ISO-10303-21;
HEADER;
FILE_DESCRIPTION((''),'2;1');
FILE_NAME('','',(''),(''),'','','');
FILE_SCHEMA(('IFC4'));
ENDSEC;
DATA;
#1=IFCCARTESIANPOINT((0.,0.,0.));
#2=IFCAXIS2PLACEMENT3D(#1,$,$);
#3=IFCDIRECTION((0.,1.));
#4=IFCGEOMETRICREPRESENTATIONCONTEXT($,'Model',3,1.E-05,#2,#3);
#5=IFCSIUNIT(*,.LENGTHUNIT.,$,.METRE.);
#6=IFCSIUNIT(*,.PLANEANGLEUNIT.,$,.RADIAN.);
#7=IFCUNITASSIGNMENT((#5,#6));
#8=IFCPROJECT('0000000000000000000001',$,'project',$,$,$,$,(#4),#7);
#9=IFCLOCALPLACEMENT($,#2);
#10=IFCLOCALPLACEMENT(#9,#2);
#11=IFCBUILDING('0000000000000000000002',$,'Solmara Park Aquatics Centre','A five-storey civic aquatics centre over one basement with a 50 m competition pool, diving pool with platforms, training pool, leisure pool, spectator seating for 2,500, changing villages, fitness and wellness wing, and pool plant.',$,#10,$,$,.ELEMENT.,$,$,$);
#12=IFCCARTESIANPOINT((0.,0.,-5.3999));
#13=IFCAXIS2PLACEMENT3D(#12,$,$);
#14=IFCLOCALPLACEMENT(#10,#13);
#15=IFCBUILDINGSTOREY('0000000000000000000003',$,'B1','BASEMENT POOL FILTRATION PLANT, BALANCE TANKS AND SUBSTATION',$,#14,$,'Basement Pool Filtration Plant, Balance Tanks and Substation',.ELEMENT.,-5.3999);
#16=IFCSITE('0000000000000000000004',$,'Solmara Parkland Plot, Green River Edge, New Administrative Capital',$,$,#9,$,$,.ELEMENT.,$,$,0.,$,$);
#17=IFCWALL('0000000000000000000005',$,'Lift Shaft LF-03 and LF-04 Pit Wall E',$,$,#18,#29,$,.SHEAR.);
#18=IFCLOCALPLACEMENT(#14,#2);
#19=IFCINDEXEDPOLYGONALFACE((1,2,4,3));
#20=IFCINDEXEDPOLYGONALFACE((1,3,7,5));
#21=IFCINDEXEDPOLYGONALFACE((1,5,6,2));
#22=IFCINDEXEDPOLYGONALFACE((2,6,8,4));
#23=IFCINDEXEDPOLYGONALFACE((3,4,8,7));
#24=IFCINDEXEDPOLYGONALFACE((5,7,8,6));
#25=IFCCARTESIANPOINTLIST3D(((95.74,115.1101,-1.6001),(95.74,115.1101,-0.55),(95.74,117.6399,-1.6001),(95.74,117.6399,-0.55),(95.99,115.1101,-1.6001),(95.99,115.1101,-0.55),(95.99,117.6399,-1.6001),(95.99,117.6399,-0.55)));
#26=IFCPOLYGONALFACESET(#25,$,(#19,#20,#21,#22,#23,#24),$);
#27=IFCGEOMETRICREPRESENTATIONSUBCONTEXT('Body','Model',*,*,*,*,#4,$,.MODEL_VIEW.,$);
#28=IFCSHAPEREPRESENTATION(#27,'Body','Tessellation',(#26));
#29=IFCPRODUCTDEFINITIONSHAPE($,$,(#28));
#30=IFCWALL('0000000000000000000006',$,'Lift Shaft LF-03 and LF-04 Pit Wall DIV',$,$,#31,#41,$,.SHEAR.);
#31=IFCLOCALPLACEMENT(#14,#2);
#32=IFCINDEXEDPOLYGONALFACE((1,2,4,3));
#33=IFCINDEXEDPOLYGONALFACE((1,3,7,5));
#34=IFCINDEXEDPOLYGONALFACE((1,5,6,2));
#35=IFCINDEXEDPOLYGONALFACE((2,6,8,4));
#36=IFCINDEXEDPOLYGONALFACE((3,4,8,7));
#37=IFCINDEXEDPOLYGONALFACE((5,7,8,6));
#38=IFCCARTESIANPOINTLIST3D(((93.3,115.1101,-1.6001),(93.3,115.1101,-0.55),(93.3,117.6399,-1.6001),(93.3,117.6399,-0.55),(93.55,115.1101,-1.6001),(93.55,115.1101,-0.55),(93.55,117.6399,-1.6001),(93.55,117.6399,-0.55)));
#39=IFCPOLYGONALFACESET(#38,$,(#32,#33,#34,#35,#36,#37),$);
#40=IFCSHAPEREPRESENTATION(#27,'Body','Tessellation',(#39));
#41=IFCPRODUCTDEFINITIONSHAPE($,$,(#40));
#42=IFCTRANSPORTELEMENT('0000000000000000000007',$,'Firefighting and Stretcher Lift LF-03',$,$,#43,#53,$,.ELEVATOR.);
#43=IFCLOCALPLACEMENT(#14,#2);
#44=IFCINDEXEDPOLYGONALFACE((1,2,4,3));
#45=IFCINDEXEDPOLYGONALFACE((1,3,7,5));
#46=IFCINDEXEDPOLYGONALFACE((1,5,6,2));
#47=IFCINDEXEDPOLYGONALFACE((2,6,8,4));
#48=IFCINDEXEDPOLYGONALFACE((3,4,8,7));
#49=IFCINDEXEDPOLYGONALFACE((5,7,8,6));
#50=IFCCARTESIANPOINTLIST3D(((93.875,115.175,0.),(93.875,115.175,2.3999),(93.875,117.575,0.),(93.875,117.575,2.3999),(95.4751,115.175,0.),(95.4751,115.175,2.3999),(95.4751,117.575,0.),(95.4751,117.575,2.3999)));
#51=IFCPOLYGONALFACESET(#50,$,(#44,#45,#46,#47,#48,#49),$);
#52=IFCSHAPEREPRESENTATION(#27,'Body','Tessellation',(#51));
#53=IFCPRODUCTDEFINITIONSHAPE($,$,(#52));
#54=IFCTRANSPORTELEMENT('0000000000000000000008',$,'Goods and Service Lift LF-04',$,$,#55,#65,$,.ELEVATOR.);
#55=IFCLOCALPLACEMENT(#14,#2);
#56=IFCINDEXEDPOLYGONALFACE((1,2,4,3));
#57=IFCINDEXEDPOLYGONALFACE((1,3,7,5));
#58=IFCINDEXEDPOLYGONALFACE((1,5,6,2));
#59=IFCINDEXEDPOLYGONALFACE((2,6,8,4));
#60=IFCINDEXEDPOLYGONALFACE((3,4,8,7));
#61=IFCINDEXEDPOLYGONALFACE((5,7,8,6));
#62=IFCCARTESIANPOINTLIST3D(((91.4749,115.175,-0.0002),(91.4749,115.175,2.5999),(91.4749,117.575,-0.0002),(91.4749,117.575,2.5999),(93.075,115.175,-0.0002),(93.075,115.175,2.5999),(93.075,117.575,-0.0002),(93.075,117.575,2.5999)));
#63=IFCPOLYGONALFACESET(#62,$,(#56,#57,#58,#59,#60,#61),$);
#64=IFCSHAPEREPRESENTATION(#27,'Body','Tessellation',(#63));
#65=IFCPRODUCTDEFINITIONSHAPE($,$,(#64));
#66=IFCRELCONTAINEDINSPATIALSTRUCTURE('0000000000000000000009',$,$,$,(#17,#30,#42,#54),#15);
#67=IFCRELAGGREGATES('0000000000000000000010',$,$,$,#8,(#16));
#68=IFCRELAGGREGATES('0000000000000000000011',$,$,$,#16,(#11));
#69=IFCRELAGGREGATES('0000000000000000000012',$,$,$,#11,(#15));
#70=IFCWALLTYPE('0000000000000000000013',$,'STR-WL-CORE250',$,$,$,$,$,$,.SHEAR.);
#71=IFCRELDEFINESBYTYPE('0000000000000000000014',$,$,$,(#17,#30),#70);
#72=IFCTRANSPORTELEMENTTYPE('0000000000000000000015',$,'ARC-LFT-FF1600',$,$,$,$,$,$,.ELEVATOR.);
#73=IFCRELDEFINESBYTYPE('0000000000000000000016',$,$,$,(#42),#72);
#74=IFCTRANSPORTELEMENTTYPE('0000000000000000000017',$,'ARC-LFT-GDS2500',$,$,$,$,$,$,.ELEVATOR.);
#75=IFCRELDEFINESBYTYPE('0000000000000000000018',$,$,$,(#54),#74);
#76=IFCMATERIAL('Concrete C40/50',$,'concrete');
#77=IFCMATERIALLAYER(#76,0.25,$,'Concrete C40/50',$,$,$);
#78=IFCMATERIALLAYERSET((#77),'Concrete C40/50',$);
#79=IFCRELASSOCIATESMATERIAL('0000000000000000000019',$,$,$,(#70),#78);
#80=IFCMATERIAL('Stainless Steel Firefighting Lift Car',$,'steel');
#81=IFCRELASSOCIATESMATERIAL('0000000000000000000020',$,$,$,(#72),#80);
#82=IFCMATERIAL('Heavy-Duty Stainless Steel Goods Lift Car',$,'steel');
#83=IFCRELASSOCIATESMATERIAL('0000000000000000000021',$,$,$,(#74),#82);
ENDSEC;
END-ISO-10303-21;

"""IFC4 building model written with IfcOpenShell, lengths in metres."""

from ifc_helpers import new_model, si_unit, direction, frame, frame_2d, origin, origin_2d, place, context, subcontext, project, spatial, rectangle, extrude, material, layer, layer_set, type_object, element, save


model = new_model("IFC4")

# Units and contexts
model_context = context("Model", 3, precision=1e-05, world=origin(), true_north=direction((0.0, 1.0)))
body_context = subcontext(model_context, "Body", "Model", "MODEL_VIEW")
ifc_project = project(units=[si_unit("LENGTHUNIT", "METRE"), si_unit("PLANEANGLEUNIT", "RADIAN")], contexts=[model_context])

# Site, building, storey
site_placement = place(None, origin())
site = spatial("IfcSite", under=ifc_project, at=site_placement, Name="Solmara Parkland Plot, Green River Edge, New Administrative Capital", CompositionType="ELEMENT", RefElevation=0.0)
building_placement = place(site_placement, origin())
building = spatial("IfcBuilding", under=site, at=building_placement, Name="Solmara Park Aquatics Centre", Description="A five-storey civic aquatics centre over one basement with a 50 m competition pool, diving pool with platforms, training pool, leisure pool, spectator seating for 2,500, changing villages, fitness and wellness wing, and pool plant.", CompositionType="ELEMENT")
storey_placement = place(building_placement, frame((0.0, 0.0, -5.3999)))
storey = spatial("IfcBuildingStorey", under=building, at=storey_placement, Name="B1", Description="BASEMENT POOL FILTRATION PLANT, BALANCE TANKS AND SUBSTATION", LongName="Basement Pool Filtration Plant, Balance Tanks and Substation", CompositionType="ELEMENT", Elevation=-5.3999)

# Shared definitions
ifc_material_1 = material(Name="Concrete C40/50", Category="concrete")

# Walls
ifc_layer_1 = layer(ifc_material_1, 0.25, Name="Concrete C40/50")
ifc_layer_set_1 = layer_set([ifc_layer_1], Name="Concrete C40/50")
wall_type_1 = type_object("IfcWallType", Name="STR-WL-CORE250", PredefinedType="SHEAR", material=ifc_layer_set_1)
for number, where, z_axis, x_axis, name in (
    (1, (95.865, 115.1101, -1.6001), (0.0, 0.0, 1.0), (0.0, 1.0, 0.0), "Lift Shaft LF-03 and LF-04 Pit Wall E"),
    (2, (93.425, 115.1101, -1.6001), (0.0, 0.0, 1.0), (0.0, 1.0, 0.0), "Lift Shaft LF-03 and LF-04 Pit Wall DIV"),
):
    element("IfcWall", number, at=place(storey_placement, frame(where, z_axis=z_axis, x_axis=x_axis)), inside=storey, type_object=wall_type_1, Name=name, PredefinedType="SHEAR", context=body_context, shape_type="SweptSolid", body=[
        extrude(rectangle(XDim=2.5298, YDim=0.25, at=frame_2d((1.2649, 0.0))), origin(), (0.0, 0.0, 1.0), 1.05),
    ])

# Transport elements
ifc_material_2 = material(Name="Stainless Steel Firefighting Lift Car", Category="steel")
transport_element_type_1 = type_object("IfcTransportElementType", Name="ARC-LFT-FF1600", PredefinedType="ELEVATOR", material=ifc_material_2)
transport_element_1_placement = place(storey_placement, frame((94.675, 116.375, 0.0), z_axis=(0.0, 0.0, 1.0), x_axis=(1.0, 0.0, 0.0)))
element("IfcTransportElement", 3, at=transport_element_1_placement, inside=storey, type_object=transport_element_type_1, Name="Firefighting and Stretcher Lift LF-03", PredefinedType="ELEVATOR", context=body_context, shape_type="SweptSolid", body=[
    extrude(rectangle(XDim=1.6001, YDim=2.3999, at=origin_2d()), origin(), (0.0, 0.0, 1.0), 2.3999),
])
ifc_material_3 = material(Name="Heavy-Duty Stainless Steel Goods Lift Car", Category="steel")
transport_element_type_2 = type_object("IfcTransportElementType", Name="ARC-LFT-GDS2500", PredefinedType="ELEVATOR", material=ifc_material_3)
transport_element_2_placement = place(storey_placement, frame((92.2749, 116.375, -0.0002), z_axis=(0.0, 0.0, 1.0), x_axis=(1.0, 0.0, 0.0)))
element("IfcTransportElement", 4, at=transport_element_2_placement, inside=storey, type_object=transport_element_type_2, Name="Goods and Service Lift LF-04", PredefinedType="ELEVATOR", context=body_context, shape_type="SweptSolid", body=[
    extrude(rectangle(XDim=1.6001, YDim=2.3999, at=origin_2d()), origin(), (0.0, 0.0, 1.0), 2.6001),
])

save(model, "model.ifc")
